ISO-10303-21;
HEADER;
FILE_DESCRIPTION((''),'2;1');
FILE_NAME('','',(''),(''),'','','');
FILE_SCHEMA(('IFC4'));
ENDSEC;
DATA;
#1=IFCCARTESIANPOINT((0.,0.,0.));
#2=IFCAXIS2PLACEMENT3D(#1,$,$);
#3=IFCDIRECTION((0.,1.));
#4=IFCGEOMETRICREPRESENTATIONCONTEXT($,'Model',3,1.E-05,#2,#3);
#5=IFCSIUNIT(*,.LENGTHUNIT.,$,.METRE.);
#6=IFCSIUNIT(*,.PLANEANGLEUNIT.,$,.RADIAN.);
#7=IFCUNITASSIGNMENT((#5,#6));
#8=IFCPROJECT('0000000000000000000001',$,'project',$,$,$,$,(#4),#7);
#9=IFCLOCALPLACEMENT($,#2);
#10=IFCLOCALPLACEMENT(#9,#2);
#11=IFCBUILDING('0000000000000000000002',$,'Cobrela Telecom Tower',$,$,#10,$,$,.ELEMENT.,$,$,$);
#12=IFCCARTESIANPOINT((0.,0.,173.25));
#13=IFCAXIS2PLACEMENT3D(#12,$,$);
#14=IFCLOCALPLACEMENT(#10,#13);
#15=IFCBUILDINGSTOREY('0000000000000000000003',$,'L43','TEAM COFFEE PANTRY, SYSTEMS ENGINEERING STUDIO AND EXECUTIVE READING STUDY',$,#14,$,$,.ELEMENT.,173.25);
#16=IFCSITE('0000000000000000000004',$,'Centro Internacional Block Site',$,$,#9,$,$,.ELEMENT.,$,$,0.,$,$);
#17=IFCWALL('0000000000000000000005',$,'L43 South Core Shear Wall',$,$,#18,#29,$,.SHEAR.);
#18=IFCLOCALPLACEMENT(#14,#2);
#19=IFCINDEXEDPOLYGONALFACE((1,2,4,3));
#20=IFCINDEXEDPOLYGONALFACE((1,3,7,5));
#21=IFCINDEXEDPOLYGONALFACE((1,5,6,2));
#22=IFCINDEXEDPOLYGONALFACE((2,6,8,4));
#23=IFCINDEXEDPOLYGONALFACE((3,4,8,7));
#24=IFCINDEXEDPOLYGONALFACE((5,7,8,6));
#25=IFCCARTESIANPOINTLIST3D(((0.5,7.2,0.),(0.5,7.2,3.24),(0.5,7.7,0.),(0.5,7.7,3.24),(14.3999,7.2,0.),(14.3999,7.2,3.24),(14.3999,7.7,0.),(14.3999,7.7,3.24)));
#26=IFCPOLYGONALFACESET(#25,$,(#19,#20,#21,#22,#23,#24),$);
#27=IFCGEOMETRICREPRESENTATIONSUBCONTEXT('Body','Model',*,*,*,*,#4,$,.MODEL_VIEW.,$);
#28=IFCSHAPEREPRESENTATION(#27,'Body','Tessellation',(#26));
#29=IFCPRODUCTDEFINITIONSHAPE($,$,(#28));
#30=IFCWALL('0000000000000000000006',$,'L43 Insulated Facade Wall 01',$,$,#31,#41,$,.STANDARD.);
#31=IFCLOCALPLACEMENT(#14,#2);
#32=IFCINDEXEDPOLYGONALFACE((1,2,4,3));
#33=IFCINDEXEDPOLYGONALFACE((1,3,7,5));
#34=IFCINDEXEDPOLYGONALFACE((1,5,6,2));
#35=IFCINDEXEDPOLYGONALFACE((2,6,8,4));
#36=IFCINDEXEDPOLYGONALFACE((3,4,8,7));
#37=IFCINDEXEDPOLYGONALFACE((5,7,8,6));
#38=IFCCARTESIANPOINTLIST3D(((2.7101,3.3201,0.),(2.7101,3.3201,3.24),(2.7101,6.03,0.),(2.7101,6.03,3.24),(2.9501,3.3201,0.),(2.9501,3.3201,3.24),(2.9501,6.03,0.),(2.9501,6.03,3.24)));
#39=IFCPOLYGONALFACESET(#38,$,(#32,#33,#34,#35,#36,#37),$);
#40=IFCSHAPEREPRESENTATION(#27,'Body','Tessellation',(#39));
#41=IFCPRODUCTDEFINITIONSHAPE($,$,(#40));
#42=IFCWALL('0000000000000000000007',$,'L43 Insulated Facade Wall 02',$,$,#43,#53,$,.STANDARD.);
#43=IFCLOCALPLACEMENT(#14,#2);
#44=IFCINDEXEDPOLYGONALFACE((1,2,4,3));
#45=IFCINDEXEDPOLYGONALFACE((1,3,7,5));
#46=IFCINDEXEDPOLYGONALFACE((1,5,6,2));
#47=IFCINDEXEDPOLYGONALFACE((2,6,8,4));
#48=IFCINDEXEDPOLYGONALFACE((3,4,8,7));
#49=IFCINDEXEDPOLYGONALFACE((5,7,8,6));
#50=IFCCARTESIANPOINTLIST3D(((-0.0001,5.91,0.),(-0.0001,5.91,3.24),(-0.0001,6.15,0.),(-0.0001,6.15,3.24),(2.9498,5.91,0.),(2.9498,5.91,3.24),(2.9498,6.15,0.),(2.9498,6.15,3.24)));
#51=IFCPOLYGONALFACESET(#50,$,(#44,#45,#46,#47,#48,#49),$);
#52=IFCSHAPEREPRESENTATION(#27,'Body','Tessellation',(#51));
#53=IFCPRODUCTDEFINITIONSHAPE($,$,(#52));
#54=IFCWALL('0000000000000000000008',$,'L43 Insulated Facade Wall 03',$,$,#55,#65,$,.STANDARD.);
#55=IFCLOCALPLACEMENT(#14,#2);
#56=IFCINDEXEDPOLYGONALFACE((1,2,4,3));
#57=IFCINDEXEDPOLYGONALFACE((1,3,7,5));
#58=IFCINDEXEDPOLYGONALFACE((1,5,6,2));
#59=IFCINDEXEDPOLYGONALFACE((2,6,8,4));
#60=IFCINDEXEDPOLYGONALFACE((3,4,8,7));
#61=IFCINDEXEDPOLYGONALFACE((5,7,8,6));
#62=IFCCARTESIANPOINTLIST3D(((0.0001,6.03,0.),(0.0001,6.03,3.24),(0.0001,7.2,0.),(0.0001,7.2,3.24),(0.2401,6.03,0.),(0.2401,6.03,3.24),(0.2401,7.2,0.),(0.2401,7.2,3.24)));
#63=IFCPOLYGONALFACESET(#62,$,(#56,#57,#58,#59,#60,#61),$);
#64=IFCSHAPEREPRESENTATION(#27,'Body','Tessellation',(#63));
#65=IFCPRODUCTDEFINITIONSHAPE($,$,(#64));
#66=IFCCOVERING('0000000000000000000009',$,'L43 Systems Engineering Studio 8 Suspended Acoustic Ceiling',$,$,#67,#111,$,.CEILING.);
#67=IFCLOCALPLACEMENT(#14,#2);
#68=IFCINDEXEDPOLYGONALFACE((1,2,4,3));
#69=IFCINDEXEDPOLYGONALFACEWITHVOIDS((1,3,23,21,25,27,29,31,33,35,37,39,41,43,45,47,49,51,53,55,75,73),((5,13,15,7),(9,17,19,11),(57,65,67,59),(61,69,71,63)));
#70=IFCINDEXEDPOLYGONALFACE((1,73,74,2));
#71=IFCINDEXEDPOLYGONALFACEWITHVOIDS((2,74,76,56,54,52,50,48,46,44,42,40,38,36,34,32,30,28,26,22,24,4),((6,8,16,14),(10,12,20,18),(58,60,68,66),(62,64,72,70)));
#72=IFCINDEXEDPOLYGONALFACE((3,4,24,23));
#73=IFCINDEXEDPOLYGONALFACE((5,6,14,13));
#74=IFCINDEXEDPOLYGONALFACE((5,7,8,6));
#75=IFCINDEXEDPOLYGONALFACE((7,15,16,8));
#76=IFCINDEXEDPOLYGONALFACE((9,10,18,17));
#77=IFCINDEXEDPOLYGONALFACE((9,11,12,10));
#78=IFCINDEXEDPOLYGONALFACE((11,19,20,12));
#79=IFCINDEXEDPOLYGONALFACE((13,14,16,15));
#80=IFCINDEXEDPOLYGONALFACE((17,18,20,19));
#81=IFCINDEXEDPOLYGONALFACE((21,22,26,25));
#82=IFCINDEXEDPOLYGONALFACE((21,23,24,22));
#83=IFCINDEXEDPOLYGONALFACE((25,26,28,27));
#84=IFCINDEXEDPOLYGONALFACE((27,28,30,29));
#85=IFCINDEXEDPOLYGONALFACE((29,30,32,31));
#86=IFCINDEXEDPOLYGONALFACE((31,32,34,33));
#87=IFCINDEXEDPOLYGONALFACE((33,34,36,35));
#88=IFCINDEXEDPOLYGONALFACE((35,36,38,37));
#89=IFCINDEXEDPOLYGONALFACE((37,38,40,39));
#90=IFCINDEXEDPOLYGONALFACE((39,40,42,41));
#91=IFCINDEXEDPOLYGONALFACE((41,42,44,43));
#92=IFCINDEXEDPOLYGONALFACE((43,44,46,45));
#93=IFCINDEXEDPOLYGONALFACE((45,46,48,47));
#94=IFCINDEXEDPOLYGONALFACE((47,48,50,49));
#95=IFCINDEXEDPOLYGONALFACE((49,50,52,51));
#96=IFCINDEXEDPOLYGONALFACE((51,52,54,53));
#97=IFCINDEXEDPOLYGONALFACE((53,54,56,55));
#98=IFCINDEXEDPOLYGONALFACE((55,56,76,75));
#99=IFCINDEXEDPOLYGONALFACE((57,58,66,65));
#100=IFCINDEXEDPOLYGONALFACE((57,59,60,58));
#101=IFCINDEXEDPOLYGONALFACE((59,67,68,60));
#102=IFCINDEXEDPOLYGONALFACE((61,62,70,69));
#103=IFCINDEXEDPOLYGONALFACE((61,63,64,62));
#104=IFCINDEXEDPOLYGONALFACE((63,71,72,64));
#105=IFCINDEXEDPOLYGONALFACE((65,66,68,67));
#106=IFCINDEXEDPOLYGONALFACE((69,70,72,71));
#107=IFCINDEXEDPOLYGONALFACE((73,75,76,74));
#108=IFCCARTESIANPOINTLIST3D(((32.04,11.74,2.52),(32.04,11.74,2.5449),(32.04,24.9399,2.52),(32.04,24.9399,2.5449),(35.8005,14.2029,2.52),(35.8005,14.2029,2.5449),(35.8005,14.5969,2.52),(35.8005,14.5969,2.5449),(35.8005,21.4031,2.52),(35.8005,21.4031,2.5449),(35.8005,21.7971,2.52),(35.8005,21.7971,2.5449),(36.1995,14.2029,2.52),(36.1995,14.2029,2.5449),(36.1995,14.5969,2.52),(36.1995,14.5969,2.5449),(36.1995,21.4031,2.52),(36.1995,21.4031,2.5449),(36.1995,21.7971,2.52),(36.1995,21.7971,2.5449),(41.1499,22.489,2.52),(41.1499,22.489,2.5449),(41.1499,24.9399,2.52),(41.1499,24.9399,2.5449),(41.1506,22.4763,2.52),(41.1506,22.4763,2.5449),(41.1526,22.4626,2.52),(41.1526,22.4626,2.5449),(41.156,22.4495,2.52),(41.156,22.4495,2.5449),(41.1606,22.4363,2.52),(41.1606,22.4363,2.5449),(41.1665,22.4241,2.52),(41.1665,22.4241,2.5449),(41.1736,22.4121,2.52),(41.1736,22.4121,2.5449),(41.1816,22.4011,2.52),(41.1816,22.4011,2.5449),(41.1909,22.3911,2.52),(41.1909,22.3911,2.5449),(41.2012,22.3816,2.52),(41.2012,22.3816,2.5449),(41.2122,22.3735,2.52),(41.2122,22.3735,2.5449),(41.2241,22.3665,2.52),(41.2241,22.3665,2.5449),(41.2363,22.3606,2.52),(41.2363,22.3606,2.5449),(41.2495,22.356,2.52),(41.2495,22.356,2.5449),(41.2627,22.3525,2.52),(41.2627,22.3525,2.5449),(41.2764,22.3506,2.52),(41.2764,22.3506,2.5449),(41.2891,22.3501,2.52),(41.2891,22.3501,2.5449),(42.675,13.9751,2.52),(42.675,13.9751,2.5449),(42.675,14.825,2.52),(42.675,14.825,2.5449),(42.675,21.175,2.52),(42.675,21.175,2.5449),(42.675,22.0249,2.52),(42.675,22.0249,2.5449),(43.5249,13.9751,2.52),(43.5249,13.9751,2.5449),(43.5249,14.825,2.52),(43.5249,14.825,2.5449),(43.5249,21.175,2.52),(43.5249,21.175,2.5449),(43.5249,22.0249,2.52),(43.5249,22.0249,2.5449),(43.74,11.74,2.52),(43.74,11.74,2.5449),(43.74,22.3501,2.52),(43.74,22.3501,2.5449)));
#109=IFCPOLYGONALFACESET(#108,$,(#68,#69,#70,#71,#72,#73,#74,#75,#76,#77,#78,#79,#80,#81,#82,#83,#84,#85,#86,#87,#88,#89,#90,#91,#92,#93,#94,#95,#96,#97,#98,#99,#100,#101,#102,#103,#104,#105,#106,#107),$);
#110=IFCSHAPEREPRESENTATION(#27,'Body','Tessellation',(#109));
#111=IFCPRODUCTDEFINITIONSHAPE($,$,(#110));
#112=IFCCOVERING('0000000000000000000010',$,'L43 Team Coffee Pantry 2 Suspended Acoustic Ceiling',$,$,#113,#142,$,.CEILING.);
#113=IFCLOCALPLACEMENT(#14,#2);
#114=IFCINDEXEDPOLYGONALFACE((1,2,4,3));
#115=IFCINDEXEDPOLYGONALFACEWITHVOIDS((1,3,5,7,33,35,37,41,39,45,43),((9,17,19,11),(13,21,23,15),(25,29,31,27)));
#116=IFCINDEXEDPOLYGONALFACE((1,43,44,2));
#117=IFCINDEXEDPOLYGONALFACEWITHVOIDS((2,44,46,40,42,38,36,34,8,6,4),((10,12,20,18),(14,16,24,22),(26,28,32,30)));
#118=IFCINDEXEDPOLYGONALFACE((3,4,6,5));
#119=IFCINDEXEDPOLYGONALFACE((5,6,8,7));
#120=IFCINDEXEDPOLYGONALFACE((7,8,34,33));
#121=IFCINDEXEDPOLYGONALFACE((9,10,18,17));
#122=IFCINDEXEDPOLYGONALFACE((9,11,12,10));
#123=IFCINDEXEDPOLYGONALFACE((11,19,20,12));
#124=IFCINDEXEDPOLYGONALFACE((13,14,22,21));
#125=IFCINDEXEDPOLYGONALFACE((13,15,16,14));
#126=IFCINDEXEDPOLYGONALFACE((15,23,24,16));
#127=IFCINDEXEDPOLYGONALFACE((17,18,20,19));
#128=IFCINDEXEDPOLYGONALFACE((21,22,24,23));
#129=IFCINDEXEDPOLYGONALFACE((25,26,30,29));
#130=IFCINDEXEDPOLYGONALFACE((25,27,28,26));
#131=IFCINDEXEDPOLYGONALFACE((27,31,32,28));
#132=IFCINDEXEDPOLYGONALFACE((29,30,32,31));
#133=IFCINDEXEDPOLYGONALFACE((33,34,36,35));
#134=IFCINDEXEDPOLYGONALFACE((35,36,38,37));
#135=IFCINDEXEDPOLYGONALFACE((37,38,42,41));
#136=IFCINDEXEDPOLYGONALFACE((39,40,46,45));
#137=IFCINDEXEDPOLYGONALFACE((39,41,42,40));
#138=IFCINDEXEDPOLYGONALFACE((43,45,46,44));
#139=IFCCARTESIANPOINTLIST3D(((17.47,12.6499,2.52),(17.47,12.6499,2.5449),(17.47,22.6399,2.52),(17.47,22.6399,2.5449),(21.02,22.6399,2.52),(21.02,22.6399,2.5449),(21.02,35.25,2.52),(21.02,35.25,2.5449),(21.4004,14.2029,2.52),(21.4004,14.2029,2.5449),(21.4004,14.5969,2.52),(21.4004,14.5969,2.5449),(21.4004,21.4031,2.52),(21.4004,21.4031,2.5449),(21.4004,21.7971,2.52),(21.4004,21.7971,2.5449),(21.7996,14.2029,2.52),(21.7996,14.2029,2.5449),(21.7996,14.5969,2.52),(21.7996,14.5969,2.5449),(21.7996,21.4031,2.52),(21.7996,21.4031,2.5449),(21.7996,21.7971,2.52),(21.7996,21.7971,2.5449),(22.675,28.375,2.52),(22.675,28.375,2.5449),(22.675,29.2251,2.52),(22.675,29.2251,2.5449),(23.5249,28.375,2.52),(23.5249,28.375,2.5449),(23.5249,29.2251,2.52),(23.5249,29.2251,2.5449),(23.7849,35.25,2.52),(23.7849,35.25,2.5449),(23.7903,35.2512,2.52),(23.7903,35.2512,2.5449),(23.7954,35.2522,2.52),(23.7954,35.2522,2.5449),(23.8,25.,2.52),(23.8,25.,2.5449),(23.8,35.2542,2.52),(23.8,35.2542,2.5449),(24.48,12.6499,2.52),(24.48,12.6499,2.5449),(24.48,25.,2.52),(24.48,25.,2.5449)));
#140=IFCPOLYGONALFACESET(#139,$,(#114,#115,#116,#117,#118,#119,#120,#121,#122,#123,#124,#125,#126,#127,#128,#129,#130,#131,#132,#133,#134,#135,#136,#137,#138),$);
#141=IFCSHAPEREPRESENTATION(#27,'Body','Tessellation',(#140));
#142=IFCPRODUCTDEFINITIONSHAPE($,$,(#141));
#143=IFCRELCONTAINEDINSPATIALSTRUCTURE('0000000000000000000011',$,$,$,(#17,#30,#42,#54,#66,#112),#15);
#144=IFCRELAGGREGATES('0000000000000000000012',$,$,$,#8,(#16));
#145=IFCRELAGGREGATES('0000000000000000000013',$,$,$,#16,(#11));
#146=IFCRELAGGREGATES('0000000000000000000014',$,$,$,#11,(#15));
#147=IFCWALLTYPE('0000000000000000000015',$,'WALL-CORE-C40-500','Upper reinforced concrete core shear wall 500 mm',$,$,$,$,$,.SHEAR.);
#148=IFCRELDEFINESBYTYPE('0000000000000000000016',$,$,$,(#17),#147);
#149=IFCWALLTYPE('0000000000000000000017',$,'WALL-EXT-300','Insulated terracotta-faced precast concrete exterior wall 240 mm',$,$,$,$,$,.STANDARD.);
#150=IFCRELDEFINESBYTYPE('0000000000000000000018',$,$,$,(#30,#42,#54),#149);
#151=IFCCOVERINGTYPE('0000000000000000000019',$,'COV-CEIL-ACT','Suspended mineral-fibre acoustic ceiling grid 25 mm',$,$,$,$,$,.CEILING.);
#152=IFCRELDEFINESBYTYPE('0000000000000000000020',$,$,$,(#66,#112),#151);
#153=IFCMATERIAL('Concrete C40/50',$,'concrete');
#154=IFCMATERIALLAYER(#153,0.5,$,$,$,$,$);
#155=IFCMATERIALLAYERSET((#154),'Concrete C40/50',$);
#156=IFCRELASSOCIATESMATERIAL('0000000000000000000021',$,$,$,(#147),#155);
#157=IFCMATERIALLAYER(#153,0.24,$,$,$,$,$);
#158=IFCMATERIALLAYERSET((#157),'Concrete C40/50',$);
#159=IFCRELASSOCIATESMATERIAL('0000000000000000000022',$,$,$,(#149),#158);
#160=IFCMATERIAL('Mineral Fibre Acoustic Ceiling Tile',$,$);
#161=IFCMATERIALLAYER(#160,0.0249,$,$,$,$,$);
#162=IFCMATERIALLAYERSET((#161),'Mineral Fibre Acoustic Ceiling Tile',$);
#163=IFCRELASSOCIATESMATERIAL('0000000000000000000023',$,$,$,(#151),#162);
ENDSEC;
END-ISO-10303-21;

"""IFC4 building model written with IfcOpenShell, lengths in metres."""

from ifc_helpers import new_model, si_unit, direction, frame, frame_2d, origin, place, context, subcontext, project, spatial, polyline, rectangle, outline, extrude, material, layer, layer_set, type_object, element, save


model = new_model("IFC4")

# Units and contexts
model_context = context("Model", 3, precision=1e-05, world=origin(), true_north=direction((0.0, 1.0)))
body_context = subcontext(model_context, "Body", "Model", "MODEL_VIEW")
ifc_project = project(units=[si_unit("LENGTHUNIT", "METRE"), si_unit("PLANEANGLEUNIT", "RADIAN")], contexts=[model_context])

# Site, building, storey
site_placement = place(None, origin())
site = spatial("IfcSite", under=ifc_project, at=site_placement, Name="Centro Internacional Block Site", CompositionType="ELEMENT", RefElevation=0.0)
building_placement = place(site_placement, origin())
building = spatial("IfcBuilding", under=site, at=building_placement, Name="Cobrela Telecom Tower", CompositionType="ELEMENT")
storey_placement = place(building_placement, frame((0.0, 0.0, 173.25)))
storey = spatial("IfcBuildingStorey", under=building, at=storey_placement, Name="L43", Description="TEAM COFFEE PANTRY, SYSTEMS ENGINEERING STUDIO AND EXECUTIVE READING STUDY", CompositionType="ELEMENT", Elevation=173.25)

# Shared definitions
ifc_material_1 = material(Name="Concrete C40/50", Category="concrete")

# Walls
ifc_layer_1 = layer(ifc_material_1, 0.5)
ifc_layer_set_1 = layer_set([ifc_layer_1], Name="Concrete C40/50")
wall_type_1 = type_object("IfcWallType", Name="WALL-CORE-C40-500", Description="Upper reinforced concrete core shear wall 500 mm", PredefinedType="SHEAR", material=ifc_layer_set_1)
wall_1_placement = place(storey_placement, frame((0.5, 7.45, 0.0), z_axis=(0.0, 0.0, 1.0), x_axis=(1.0, 0.0, 0.0)))
element("IfcWall", 1, at=wall_1_placement, inside=storey, type_object=wall_type_1, Name="L43 South Core Shear Wall", PredefinedType="SHEAR", context=body_context, shape_type="SweptSolid", body=[
    extrude(rectangle(XDim=13.8999, YDim=0.5, at=frame_2d((6.95, 0.0))), origin(), (0.0, 0.0, 1.0), 3.24),
])
ifc_layer_2 = layer(ifc_material_1, 0.24)
ifc_layer_set_2 = layer_set([ifc_layer_2], Name="Concrete C40/50")
wall_type_2 = type_object("IfcWallType", Name="WALL-EXT-300", Description="Insulated terracotta-faced precast concrete exterior wall 240 mm", PredefinedType="STANDARD", material=ifc_layer_set_2)
wall_2_placement = place(storey_placement, frame((2.8301, 3.3201, 0.0), z_axis=(0.0, 0.0, 1.0), x_axis=(0.0, 1.0, 0.0)))
element("IfcWall", 2, at=wall_2_placement, inside=storey, type_object=wall_type_2, Name="L43 Insulated Facade Wall 01", PredefinedType="STANDARD", context=body_context, shape_type="SweptSolid", body=[
    extrude(rectangle(XDim=2.71, YDim=0.24, at=frame_2d((1.355, 0.0))), origin(), (0.0, 0.0, 1.0), 3.24),
])
wall_3_placement = place(storey_placement, frame((2.95, 6.03, 0.0), z_axis=(0.0, 0.0, 1.0), x_axis=(-1.0, 0.0, 0.0)))
element("IfcWall", 3, at=wall_3_placement, inside=storey, type_object=wall_type_2, Name="L43 Insulated Facade Wall 02", PredefinedType="STANDARD", context=body_context, shape_type="SweptSolid", body=[
    extrude(rectangle(XDim=2.95, YDim=0.24, at=frame_2d((1.4751, 0.0))), origin(), (0.0, 0.0, 1.0), 3.24),
])
wall_4_placement = place(storey_placement, frame((0.1201, 6.03, 0.0), z_axis=(0.0, 0.0, 1.0), x_axis=(0.0, 1.0, 0.0)))
element("IfcWall", 4, at=wall_4_placement, inside=storey, type_object=wall_type_2, Name="L43 Insulated Facade Wall 03", PredefinedType="STANDARD", context=body_context, shape_type="SweptSolid", body=[
    extrude(rectangle(XDim=1.1699, YDim=0.24, at=frame_2d((0.585, 0.0))), origin(), (0.0, 0.0, 1.0), 3.24),
])

# Coverings
ifc_material_2 = material(Name="Mineral Fibre Acoustic Ceiling Tile")
ifc_layer_3 = layer(ifc_material_2, 0.0249)
ifc_layer_set_3 = layer_set([ifc_layer_3], Name="Mineral Fibre Acoustic Ceiling Tile")
covering_type_1 = type_object("IfcCoveringType", Name="COV-CEIL-ACT", Description="Suspended mineral-fibre acoustic ceiling grid 25 mm", PredefinedType="CEILING", material=ifc_layer_set_3)
covering_1_placement = place(storey_placement, frame((0.0, 0.0, 2.52)))
element("IfcCovering", 5, at=covering_1_placement, inside=storey, type_object=covering_type_1, Name="L43 Systems Engineering Studio 8 Suspended Acoustic Ceiling", PredefinedType="CEILING", context=body_context, shape_type="SweptSolid", body=[
    extrude(outline(polyline([(41.1499, 24.9399), (41.1499, 22.489), (41.1506, 22.4763), (41.1526, 22.4626), (41.156, 22.4495), (41.1606, 22.4363), (41.1665, 22.4241), (41.1736, 22.4121), (41.1816, 22.4011), (41.1909, 22.3911), (41.2012, 22.3816), (41.2122, 22.3735), (41.2241, 22.3665), (41.2363, 22.3606), (41.2495, 22.356), (41.2627, 22.3525), (41.2764, 22.3506), (41.2891, 22.3501), (43.74, 22.3501), (43.74, 11.74), (32.04, 11.74), (32.04, 24.9399), (41.1499, 24.9399)]), holes=[polyline([(36.1995, 14.2029), (36.1995, 14.5969), (35.8005, 14.5969), (35.8005, 14.2029), (36.1995, 14.2029)]), polyline([(43.5249, 13.9751), (43.5249, 14.825), (42.675, 14.825), (42.675, 13.9751), (43.5249, 13.9751)]), polyline([(36.1995, 21.4031), (36.1995, 21.7971), (35.8005, 21.7971), (35.8005, 21.4031), (36.1995, 21.4031)]), polyline([(43.5249, 21.175), (43.5249, 22.0249), (42.675, 22.0249), (42.675, 21.175), (43.5249, 21.175)])]), origin(), (0.0, 0.0, 1.0), 0.0249),
])
covering_2_placement = place(storey_placement, frame((0.0, 0.0, 2.52)))
element("IfcCovering", 6, at=covering_2_placement, inside=storey, type_object=covering_type_1, Name="L43 Team Coffee Pantry 2 Suspended Acoustic Ceiling", PredefinedType="CEILING", context=body_context, shape_type="SweptSolid", body=[
    extrude(outline(polyline([(21.02, 22.6399), (21.02, 35.25), (23.7849, 35.25), (23.7903, 35.2512), (23.7954, 35.2522), (23.8, 35.2542), (23.8, 25.0), (24.48, 25.0), (24.48, 12.6499), (17.47, 12.6499), (17.47, 22.6399), (21.02, 22.6399)]), holes=[polyline([(21.7996, 14.5969), (21.4004, 14.5969), (21.4004, 14.2029), (21.7996, 14.2029), (21.7996, 14.5969)]), polyline([(21.7996, 21.7971), (21.4004, 21.7971), (21.4004, 21.4031), (21.7996, 21.4031), (21.7996, 21.7971)]), polyline([(23.5249, 29.2251), (22.675, 29.2251), (22.675, 28.375), (23.5249, 28.375), (23.5249, 29.2251)])]), origin(), (0.0, 0.0, 1.0), 0.0249),
])

save(model, "model.ifc")
